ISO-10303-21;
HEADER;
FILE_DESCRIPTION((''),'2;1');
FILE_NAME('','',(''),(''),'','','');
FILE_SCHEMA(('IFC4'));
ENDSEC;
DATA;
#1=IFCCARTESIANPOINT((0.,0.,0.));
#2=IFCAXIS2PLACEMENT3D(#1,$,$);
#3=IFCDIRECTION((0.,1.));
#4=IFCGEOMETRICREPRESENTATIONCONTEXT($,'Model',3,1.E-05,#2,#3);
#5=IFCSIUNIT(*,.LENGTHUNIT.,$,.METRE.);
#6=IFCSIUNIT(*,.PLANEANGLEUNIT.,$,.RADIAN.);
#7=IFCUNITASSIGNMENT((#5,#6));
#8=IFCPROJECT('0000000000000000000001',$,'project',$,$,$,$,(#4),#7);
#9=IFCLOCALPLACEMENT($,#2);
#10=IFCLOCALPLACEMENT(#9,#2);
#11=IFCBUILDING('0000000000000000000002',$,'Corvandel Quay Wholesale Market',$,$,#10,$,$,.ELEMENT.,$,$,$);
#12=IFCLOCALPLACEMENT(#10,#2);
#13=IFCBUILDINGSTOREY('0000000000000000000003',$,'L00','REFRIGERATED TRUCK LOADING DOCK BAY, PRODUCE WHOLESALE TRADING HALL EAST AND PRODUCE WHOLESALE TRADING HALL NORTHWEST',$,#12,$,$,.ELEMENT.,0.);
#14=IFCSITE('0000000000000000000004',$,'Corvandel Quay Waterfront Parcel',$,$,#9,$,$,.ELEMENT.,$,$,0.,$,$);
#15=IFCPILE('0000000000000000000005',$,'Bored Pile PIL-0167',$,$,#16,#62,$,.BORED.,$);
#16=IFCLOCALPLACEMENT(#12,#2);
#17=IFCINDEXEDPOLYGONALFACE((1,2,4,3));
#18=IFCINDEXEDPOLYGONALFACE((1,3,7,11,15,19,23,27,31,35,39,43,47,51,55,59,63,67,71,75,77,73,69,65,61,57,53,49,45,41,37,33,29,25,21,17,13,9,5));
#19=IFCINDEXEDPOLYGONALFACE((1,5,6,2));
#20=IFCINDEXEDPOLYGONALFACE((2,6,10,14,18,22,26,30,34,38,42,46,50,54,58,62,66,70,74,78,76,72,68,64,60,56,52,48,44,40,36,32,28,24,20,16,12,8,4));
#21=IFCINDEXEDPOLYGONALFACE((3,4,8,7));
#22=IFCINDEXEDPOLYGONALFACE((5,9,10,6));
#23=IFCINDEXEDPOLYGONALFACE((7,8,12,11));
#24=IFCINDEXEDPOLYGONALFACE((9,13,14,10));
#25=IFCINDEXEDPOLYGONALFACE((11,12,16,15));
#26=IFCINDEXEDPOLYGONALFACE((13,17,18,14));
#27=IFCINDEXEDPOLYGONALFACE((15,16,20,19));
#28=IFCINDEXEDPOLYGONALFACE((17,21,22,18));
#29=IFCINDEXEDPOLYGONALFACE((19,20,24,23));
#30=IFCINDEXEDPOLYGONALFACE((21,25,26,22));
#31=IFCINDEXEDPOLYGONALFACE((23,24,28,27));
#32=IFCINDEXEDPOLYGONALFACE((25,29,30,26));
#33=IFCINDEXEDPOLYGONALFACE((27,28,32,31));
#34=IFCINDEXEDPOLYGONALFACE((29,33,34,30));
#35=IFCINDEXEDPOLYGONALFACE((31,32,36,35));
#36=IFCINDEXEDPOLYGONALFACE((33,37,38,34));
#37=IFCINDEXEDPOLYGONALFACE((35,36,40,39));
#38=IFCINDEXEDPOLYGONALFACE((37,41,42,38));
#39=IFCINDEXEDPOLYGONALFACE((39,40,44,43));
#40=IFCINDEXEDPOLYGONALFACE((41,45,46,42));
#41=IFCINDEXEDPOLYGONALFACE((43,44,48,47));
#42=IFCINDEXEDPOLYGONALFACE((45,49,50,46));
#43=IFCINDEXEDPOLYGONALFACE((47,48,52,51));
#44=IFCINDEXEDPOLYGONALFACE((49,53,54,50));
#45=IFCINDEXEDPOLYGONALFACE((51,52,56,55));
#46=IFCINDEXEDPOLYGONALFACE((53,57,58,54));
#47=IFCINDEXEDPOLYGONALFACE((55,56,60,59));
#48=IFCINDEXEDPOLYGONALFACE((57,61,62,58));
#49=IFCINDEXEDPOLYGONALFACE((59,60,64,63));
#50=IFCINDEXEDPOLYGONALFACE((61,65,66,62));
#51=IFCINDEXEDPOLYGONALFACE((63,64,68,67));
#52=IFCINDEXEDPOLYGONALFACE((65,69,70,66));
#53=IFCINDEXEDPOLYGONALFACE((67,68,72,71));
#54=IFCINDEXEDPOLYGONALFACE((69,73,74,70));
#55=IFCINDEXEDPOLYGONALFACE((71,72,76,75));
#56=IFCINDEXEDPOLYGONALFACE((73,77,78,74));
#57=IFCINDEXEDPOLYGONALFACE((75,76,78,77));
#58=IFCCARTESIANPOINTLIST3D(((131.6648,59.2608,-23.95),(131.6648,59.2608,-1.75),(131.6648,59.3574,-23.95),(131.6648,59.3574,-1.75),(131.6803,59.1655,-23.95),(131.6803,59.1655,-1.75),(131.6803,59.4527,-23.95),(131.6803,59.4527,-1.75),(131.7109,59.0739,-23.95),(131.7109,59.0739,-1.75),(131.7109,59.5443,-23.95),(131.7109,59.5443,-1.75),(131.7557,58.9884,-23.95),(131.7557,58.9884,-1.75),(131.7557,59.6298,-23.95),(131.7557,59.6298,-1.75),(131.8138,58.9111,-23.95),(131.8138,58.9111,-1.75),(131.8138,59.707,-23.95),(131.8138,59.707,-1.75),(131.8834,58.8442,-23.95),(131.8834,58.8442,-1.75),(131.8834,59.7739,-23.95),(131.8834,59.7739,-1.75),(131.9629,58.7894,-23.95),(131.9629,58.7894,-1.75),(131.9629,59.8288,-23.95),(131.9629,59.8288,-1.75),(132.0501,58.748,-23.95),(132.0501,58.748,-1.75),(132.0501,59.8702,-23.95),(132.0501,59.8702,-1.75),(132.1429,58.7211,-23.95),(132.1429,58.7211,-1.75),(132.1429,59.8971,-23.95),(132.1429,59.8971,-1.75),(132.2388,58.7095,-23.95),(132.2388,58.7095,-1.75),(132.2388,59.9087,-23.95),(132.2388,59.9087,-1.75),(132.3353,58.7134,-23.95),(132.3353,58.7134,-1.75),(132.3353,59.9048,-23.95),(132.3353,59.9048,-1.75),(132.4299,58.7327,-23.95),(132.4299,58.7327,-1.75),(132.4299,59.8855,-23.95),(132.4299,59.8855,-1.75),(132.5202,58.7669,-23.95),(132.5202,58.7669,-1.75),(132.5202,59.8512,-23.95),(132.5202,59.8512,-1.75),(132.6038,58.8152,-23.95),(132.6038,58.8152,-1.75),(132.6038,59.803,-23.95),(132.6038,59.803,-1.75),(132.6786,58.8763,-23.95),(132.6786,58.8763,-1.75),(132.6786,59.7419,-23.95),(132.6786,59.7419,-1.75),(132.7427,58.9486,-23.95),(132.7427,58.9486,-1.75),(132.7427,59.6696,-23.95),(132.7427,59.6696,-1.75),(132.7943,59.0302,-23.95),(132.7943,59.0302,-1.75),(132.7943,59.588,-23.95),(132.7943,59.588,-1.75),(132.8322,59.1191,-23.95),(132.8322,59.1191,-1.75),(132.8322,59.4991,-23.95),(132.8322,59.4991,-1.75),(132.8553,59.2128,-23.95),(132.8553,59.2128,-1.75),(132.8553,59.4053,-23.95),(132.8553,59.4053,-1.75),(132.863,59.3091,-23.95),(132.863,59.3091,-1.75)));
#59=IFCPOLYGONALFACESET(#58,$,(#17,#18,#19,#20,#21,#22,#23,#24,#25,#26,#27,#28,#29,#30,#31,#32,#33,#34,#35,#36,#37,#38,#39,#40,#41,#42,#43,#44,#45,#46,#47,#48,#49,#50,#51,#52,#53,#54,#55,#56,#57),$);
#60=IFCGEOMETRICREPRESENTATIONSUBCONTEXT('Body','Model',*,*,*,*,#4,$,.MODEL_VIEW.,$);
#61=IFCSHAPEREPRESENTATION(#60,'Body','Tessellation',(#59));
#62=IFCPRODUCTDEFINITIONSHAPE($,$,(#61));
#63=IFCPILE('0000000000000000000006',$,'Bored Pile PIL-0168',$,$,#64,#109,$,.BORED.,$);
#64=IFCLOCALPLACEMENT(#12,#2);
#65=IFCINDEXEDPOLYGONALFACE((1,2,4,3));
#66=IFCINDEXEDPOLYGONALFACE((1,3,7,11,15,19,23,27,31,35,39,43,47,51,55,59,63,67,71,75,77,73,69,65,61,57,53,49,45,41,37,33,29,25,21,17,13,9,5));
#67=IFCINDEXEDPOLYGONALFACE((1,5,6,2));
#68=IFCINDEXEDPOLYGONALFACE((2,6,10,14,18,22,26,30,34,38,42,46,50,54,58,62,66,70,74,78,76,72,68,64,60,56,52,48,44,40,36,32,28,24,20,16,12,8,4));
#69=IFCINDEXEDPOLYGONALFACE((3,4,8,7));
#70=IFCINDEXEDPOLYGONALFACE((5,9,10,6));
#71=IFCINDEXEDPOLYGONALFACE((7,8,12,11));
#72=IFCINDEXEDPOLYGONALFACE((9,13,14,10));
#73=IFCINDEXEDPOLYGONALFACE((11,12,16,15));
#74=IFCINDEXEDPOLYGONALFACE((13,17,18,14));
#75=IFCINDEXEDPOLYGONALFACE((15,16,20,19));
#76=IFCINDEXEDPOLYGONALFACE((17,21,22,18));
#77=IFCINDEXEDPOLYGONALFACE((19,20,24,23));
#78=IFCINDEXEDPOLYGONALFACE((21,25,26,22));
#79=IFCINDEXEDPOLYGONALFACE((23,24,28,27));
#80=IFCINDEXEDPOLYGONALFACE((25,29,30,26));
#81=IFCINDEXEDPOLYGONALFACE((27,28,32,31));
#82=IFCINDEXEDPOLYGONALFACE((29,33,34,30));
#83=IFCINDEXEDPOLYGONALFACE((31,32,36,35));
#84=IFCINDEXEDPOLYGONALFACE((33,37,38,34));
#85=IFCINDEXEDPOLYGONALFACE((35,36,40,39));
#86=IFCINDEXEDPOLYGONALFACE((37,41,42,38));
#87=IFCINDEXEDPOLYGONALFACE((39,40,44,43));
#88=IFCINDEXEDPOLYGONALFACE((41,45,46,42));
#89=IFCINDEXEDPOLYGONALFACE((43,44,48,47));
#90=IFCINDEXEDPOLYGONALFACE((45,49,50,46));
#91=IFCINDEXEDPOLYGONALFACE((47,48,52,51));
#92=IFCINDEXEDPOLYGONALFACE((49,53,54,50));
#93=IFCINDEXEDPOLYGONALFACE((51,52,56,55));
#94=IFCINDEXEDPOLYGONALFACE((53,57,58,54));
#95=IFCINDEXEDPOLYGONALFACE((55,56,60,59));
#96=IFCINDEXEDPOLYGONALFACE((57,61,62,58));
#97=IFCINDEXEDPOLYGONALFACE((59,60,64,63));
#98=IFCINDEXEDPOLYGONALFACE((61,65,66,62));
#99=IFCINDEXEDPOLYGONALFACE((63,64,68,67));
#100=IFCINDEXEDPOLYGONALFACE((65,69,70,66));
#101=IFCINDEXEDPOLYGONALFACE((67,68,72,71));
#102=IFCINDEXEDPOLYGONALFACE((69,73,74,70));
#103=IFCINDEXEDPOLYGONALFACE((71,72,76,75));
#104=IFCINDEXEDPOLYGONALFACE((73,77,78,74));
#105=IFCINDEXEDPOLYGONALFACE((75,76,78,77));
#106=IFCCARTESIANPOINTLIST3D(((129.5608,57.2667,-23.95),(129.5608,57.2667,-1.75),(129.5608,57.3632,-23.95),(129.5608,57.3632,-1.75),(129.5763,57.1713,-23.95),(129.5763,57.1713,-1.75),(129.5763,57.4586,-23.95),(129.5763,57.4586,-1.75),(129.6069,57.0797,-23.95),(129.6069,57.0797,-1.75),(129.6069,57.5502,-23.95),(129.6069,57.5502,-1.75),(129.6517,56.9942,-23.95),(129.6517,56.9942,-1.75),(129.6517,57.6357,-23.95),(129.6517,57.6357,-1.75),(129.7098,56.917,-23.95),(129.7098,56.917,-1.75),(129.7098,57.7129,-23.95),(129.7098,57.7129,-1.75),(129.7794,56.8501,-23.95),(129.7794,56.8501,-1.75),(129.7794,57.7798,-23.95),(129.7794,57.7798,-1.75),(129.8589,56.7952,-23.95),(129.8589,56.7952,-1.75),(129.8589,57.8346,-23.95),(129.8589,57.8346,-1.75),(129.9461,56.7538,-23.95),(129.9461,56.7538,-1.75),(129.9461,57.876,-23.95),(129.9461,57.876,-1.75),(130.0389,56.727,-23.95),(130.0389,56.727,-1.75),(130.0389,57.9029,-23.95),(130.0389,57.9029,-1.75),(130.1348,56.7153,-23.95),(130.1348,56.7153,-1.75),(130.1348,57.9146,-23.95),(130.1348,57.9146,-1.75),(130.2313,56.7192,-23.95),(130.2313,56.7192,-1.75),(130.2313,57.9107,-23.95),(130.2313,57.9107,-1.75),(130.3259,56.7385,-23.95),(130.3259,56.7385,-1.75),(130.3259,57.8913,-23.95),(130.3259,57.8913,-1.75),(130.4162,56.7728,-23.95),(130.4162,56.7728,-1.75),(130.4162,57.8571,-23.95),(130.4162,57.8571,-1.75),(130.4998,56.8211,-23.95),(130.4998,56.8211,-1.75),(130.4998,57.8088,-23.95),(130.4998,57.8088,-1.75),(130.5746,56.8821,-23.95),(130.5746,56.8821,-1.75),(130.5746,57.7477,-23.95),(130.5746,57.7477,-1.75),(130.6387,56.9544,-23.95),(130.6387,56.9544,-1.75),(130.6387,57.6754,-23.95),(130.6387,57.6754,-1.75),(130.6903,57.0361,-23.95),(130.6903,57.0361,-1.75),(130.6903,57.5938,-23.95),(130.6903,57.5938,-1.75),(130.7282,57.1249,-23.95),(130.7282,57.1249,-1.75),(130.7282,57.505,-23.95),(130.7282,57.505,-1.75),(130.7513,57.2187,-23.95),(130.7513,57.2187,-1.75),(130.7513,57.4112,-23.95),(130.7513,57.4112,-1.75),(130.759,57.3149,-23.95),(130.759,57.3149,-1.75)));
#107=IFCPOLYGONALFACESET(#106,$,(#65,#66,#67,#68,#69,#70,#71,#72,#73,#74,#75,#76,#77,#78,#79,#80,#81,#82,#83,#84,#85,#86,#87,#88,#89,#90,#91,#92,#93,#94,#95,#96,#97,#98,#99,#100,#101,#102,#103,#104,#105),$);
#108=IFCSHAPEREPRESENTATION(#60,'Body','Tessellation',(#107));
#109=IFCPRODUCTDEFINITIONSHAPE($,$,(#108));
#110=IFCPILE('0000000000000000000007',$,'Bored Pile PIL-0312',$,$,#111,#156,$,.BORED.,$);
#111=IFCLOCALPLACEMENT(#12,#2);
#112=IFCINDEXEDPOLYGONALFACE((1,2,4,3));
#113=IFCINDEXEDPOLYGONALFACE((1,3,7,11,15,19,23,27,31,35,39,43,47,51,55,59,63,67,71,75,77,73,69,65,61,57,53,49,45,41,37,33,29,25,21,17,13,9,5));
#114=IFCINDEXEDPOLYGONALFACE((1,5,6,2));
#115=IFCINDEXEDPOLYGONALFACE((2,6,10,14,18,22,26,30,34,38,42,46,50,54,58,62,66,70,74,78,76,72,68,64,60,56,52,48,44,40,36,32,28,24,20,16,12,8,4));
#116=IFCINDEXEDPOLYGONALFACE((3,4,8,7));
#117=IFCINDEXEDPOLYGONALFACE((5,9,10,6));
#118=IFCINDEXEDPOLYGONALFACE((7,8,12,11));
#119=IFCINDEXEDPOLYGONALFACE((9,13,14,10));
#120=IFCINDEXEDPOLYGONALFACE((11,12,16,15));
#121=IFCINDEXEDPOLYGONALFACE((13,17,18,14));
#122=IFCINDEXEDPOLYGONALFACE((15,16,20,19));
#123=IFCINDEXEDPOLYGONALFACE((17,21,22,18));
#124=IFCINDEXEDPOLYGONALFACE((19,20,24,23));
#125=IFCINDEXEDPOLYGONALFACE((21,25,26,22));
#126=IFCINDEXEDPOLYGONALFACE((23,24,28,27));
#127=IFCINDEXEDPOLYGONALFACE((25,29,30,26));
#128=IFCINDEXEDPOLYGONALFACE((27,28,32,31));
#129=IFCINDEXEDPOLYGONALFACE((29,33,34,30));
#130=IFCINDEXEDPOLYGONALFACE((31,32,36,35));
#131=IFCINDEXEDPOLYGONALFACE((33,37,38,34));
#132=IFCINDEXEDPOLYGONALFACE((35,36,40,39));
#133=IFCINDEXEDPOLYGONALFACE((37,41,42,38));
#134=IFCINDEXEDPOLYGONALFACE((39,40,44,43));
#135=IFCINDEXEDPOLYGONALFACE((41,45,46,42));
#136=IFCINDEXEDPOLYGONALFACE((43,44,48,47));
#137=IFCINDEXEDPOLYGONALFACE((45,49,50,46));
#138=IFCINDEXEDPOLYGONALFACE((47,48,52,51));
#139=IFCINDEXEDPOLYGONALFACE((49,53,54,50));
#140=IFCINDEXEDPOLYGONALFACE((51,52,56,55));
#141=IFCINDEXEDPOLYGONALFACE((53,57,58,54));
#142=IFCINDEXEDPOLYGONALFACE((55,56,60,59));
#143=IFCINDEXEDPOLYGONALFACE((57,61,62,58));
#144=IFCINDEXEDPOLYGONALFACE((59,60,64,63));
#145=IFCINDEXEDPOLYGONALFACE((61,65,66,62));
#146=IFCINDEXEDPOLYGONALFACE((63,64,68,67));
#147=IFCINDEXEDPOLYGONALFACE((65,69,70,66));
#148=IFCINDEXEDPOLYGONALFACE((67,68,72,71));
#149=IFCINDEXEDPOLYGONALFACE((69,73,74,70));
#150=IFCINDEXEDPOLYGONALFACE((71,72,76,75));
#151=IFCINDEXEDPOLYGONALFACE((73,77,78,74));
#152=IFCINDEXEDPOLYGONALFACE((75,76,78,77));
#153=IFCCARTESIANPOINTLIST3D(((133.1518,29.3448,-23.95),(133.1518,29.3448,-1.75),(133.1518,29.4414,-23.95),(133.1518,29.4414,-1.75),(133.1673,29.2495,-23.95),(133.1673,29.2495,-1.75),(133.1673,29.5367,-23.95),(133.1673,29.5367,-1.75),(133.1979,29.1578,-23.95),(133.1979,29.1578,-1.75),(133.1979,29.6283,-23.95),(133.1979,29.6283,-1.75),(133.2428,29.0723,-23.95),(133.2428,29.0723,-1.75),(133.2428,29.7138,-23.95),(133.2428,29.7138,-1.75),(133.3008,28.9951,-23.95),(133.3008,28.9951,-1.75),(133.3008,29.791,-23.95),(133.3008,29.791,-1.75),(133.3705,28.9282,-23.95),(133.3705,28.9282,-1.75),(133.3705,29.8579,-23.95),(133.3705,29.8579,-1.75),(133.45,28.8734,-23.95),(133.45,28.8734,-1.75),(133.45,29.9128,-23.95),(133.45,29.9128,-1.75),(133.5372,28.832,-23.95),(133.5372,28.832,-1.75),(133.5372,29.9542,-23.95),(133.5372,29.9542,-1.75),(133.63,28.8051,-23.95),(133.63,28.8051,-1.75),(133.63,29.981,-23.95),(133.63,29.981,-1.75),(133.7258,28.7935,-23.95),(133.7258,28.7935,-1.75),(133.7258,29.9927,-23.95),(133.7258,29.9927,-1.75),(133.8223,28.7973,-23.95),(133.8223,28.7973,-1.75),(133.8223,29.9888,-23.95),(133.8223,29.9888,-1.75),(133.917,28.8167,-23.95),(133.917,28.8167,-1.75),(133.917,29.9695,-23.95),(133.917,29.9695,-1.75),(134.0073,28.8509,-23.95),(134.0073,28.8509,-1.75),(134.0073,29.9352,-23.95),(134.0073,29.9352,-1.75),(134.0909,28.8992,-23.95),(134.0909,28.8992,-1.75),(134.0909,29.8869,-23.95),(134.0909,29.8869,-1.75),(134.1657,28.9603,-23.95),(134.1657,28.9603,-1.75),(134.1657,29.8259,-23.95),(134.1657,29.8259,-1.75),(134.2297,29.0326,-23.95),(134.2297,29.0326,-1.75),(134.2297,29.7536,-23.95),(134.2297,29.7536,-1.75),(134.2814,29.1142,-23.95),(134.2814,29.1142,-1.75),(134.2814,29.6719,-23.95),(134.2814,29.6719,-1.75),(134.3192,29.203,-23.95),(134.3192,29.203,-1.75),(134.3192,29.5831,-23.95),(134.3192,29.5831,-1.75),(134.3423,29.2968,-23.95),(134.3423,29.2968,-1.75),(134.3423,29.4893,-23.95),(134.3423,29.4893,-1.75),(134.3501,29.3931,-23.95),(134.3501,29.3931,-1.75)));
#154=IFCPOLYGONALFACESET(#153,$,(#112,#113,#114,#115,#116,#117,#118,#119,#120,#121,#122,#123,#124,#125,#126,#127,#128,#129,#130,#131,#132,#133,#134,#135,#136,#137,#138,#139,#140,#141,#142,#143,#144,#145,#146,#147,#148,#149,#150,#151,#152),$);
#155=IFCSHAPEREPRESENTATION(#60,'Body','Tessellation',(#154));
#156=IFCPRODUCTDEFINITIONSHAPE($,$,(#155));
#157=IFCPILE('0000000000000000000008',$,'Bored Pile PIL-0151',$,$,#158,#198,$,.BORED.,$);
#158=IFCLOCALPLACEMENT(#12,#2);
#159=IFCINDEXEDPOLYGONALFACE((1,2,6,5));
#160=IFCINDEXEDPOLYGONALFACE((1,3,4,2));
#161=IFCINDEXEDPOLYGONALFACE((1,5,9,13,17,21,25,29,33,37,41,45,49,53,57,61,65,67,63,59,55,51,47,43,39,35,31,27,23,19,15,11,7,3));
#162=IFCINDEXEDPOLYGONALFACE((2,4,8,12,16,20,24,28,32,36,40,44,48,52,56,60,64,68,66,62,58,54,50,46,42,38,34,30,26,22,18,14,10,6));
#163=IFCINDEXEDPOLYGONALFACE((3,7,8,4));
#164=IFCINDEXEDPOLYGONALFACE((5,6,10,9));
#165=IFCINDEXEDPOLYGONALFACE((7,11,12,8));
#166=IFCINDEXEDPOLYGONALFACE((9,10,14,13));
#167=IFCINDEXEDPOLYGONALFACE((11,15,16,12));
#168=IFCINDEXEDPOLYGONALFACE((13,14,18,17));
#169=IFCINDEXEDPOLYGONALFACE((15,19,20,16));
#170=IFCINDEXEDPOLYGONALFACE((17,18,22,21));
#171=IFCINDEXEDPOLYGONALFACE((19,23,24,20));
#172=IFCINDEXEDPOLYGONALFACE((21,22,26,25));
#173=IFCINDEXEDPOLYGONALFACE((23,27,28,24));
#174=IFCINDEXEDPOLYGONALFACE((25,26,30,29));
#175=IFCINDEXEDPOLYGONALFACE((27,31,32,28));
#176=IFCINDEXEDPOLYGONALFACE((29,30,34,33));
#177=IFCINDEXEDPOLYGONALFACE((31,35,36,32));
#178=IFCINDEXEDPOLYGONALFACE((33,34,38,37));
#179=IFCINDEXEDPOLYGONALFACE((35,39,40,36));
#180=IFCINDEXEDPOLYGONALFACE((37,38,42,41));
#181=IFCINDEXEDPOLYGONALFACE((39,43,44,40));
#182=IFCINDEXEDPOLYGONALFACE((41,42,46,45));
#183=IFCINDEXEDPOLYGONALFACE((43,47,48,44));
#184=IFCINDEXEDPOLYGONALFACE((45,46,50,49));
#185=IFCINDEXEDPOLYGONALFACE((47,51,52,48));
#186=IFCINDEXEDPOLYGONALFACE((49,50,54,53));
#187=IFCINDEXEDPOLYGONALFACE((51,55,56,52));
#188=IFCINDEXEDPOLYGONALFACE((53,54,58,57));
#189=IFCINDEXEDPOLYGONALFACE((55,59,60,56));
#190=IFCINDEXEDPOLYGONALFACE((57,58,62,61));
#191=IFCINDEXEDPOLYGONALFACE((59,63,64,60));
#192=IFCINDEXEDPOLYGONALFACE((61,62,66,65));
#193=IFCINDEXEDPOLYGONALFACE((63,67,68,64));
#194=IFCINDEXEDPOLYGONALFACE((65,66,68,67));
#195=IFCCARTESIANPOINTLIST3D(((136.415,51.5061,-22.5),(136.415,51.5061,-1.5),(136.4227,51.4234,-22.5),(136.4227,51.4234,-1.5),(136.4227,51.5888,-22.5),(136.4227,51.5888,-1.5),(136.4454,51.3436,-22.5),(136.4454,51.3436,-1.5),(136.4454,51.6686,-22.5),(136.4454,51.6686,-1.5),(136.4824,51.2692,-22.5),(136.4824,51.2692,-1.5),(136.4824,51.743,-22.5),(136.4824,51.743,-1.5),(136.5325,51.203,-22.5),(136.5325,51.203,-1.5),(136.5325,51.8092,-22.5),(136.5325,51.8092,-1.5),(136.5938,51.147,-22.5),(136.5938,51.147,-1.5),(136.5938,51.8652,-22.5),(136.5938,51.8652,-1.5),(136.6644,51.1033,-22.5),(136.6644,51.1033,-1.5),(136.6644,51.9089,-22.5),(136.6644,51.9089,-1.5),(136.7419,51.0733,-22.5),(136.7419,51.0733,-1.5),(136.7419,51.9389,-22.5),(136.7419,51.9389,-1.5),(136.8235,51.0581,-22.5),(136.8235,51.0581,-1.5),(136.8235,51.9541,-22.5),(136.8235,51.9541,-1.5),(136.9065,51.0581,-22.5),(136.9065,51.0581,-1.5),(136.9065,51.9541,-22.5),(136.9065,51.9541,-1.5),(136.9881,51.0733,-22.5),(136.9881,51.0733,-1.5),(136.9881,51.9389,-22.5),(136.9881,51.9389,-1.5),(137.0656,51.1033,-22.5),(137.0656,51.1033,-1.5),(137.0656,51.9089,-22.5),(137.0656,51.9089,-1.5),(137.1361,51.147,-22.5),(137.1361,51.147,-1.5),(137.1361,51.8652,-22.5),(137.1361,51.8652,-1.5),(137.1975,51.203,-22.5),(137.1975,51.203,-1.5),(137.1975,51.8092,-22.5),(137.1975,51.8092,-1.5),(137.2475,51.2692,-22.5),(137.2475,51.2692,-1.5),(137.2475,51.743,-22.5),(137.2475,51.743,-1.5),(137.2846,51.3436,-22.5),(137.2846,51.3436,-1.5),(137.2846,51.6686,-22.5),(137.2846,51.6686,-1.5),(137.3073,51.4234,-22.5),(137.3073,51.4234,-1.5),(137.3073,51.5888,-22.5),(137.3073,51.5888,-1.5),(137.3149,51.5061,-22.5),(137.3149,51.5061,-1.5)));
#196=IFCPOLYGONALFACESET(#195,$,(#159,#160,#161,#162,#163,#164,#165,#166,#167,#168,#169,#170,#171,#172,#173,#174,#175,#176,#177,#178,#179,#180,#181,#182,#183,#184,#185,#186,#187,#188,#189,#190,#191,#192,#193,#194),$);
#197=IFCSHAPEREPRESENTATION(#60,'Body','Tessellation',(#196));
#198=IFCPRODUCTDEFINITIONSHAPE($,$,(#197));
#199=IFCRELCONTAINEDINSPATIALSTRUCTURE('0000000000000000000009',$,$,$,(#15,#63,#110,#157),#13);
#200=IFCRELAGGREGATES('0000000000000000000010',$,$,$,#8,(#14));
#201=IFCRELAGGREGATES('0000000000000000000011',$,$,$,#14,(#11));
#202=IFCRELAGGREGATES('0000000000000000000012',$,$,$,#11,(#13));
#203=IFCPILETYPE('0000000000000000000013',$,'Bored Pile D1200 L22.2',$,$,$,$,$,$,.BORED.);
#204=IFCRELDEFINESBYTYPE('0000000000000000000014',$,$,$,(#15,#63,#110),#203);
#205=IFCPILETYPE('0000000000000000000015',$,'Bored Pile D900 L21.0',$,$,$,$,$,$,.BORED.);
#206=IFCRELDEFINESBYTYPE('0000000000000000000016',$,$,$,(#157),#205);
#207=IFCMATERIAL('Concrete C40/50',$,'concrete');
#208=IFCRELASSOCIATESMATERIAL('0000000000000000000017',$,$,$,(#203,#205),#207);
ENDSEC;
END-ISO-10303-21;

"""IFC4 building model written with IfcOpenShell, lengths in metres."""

from ifc_helpers import new_model, si_unit, direction, frame, origin, origin_2d, place, context, subcontext, project, spatial, circle, extrude, material, material_profile, profile_set, type_object, element, save


model = new_model("IFC4")

# Units and contexts
model_context = context("Model", 3, precision=1e-05, world=origin(), true_north=direction((0.0, 1.0)))
body_context = subcontext(model_context, "Body", "Model", "MODEL_VIEW")
ifc_project = project(units=[si_unit("LENGTHUNIT", "METRE"), si_unit("PLANEANGLEUNIT", "RADIAN")], contexts=[model_context])

# Site, building, storey
site_placement = place(None, origin())
site = spatial("IfcSite", under=ifc_project, at=site_placement, Name="Corvandel Quay Waterfront Parcel", CompositionType="ELEMENT", RefElevation=0.0)
building_placement = place(site_placement, origin())
building = spatial("IfcBuilding", under=site, at=building_placement, Name="Corvandel Quay Wholesale Market", CompositionType="ELEMENT")
storey_placement = place(building_placement, origin())
storey = spatial("IfcBuildingStorey", under=building, at=storey_placement, Name="L00", Description="REFRIGERATED TRUCK LOADING DOCK BAY, PRODUCE WHOLESALE TRADING HALL EAST AND PRODUCE WHOLESALE TRADING HALL NORTHWEST", CompositionType="ELEMENT", Elevation=0.0)

# Piles
ifc_material_1 = material(Name="Concrete C40/50", Category="concrete")
ifc_material_profile_1 = material_profile(ifc_material_1, circle(Radius=0.6001, at=origin_2d()), Name="RC-PILE-D1200")
ifc_profile_set_1 = profile_set([ifc_material_profile_1], Name="Concrete C40/50")
pile_type_1 = type_object("IfcPileType", Name="Bored Pile D1200 L22.2", PredefinedType="BORED", material=ifc_profile_set_1)
for number, where, z_axis, x_axis, name in (
    (1, (132.2629, 59.3091, -1.75), (0.0, 0.0, -1.0), (1.0, 0.0, 0.0), "Bored Pile PIL-0167"),
    (2, (130.1589, 57.3149, -1.75), (0.0, 0.0, -1.0), (1.0, 0.0, 0.0), "Bored Pile PIL-0168"),
    (3, (133.75, 29.3931, -1.75), (0.0, 0.0, -1.0), (1.0, 0.0, 0.0), "Bored Pile PIL-0312"),
):
    element("IfcPile", number, at=place(storey_placement, frame(where, z_axis=z_axis, x_axis=x_axis)), inside=storey, type_object=pile_type_1, Name=name, PredefinedType="BORED", context=body_context, shape_type="SweptSolid", body=[
        extrude(circle(Radius=0.6001, at=origin_2d()), origin(), (0.0, 0.0, 1.0), 22.2),
    ])
ifc_material_profile_2 = material_profile(ifc_material_1, circle(Radius=0.45, at=origin_2d()), Name="RC-PILE-D900")
ifc_profile_set_2 = profile_set([ifc_material_profile_2], Name="Concrete C40/50")
pile_type_2 = type_object("IfcPileType", Name="Bored Pile D900 L21.0", PredefinedType="BORED", material=ifc_profile_set_2)
for number, where, z_axis, x_axis, name in (
    (4, (136.865, 51.5061, -1.5), (0.0, 0.0, -1.0), (1.0, 0.0, 0.0), "Bored Pile PIL-0151"),
):
    element("IfcPile", number, at=place(storey_placement, frame(where, z_axis=z_axis, x_axis=x_axis)), inside=storey, type_object=pile_type_2, Name=name, PredefinedType="BORED", context=body_context, shape_type="SweptSolid", body=[
        extrude(circle(Radius=0.45, at=origin_2d()), origin(), (0.0, 0.0, 1.0), 21.0),
    ])

save(model, "model.ifc")
